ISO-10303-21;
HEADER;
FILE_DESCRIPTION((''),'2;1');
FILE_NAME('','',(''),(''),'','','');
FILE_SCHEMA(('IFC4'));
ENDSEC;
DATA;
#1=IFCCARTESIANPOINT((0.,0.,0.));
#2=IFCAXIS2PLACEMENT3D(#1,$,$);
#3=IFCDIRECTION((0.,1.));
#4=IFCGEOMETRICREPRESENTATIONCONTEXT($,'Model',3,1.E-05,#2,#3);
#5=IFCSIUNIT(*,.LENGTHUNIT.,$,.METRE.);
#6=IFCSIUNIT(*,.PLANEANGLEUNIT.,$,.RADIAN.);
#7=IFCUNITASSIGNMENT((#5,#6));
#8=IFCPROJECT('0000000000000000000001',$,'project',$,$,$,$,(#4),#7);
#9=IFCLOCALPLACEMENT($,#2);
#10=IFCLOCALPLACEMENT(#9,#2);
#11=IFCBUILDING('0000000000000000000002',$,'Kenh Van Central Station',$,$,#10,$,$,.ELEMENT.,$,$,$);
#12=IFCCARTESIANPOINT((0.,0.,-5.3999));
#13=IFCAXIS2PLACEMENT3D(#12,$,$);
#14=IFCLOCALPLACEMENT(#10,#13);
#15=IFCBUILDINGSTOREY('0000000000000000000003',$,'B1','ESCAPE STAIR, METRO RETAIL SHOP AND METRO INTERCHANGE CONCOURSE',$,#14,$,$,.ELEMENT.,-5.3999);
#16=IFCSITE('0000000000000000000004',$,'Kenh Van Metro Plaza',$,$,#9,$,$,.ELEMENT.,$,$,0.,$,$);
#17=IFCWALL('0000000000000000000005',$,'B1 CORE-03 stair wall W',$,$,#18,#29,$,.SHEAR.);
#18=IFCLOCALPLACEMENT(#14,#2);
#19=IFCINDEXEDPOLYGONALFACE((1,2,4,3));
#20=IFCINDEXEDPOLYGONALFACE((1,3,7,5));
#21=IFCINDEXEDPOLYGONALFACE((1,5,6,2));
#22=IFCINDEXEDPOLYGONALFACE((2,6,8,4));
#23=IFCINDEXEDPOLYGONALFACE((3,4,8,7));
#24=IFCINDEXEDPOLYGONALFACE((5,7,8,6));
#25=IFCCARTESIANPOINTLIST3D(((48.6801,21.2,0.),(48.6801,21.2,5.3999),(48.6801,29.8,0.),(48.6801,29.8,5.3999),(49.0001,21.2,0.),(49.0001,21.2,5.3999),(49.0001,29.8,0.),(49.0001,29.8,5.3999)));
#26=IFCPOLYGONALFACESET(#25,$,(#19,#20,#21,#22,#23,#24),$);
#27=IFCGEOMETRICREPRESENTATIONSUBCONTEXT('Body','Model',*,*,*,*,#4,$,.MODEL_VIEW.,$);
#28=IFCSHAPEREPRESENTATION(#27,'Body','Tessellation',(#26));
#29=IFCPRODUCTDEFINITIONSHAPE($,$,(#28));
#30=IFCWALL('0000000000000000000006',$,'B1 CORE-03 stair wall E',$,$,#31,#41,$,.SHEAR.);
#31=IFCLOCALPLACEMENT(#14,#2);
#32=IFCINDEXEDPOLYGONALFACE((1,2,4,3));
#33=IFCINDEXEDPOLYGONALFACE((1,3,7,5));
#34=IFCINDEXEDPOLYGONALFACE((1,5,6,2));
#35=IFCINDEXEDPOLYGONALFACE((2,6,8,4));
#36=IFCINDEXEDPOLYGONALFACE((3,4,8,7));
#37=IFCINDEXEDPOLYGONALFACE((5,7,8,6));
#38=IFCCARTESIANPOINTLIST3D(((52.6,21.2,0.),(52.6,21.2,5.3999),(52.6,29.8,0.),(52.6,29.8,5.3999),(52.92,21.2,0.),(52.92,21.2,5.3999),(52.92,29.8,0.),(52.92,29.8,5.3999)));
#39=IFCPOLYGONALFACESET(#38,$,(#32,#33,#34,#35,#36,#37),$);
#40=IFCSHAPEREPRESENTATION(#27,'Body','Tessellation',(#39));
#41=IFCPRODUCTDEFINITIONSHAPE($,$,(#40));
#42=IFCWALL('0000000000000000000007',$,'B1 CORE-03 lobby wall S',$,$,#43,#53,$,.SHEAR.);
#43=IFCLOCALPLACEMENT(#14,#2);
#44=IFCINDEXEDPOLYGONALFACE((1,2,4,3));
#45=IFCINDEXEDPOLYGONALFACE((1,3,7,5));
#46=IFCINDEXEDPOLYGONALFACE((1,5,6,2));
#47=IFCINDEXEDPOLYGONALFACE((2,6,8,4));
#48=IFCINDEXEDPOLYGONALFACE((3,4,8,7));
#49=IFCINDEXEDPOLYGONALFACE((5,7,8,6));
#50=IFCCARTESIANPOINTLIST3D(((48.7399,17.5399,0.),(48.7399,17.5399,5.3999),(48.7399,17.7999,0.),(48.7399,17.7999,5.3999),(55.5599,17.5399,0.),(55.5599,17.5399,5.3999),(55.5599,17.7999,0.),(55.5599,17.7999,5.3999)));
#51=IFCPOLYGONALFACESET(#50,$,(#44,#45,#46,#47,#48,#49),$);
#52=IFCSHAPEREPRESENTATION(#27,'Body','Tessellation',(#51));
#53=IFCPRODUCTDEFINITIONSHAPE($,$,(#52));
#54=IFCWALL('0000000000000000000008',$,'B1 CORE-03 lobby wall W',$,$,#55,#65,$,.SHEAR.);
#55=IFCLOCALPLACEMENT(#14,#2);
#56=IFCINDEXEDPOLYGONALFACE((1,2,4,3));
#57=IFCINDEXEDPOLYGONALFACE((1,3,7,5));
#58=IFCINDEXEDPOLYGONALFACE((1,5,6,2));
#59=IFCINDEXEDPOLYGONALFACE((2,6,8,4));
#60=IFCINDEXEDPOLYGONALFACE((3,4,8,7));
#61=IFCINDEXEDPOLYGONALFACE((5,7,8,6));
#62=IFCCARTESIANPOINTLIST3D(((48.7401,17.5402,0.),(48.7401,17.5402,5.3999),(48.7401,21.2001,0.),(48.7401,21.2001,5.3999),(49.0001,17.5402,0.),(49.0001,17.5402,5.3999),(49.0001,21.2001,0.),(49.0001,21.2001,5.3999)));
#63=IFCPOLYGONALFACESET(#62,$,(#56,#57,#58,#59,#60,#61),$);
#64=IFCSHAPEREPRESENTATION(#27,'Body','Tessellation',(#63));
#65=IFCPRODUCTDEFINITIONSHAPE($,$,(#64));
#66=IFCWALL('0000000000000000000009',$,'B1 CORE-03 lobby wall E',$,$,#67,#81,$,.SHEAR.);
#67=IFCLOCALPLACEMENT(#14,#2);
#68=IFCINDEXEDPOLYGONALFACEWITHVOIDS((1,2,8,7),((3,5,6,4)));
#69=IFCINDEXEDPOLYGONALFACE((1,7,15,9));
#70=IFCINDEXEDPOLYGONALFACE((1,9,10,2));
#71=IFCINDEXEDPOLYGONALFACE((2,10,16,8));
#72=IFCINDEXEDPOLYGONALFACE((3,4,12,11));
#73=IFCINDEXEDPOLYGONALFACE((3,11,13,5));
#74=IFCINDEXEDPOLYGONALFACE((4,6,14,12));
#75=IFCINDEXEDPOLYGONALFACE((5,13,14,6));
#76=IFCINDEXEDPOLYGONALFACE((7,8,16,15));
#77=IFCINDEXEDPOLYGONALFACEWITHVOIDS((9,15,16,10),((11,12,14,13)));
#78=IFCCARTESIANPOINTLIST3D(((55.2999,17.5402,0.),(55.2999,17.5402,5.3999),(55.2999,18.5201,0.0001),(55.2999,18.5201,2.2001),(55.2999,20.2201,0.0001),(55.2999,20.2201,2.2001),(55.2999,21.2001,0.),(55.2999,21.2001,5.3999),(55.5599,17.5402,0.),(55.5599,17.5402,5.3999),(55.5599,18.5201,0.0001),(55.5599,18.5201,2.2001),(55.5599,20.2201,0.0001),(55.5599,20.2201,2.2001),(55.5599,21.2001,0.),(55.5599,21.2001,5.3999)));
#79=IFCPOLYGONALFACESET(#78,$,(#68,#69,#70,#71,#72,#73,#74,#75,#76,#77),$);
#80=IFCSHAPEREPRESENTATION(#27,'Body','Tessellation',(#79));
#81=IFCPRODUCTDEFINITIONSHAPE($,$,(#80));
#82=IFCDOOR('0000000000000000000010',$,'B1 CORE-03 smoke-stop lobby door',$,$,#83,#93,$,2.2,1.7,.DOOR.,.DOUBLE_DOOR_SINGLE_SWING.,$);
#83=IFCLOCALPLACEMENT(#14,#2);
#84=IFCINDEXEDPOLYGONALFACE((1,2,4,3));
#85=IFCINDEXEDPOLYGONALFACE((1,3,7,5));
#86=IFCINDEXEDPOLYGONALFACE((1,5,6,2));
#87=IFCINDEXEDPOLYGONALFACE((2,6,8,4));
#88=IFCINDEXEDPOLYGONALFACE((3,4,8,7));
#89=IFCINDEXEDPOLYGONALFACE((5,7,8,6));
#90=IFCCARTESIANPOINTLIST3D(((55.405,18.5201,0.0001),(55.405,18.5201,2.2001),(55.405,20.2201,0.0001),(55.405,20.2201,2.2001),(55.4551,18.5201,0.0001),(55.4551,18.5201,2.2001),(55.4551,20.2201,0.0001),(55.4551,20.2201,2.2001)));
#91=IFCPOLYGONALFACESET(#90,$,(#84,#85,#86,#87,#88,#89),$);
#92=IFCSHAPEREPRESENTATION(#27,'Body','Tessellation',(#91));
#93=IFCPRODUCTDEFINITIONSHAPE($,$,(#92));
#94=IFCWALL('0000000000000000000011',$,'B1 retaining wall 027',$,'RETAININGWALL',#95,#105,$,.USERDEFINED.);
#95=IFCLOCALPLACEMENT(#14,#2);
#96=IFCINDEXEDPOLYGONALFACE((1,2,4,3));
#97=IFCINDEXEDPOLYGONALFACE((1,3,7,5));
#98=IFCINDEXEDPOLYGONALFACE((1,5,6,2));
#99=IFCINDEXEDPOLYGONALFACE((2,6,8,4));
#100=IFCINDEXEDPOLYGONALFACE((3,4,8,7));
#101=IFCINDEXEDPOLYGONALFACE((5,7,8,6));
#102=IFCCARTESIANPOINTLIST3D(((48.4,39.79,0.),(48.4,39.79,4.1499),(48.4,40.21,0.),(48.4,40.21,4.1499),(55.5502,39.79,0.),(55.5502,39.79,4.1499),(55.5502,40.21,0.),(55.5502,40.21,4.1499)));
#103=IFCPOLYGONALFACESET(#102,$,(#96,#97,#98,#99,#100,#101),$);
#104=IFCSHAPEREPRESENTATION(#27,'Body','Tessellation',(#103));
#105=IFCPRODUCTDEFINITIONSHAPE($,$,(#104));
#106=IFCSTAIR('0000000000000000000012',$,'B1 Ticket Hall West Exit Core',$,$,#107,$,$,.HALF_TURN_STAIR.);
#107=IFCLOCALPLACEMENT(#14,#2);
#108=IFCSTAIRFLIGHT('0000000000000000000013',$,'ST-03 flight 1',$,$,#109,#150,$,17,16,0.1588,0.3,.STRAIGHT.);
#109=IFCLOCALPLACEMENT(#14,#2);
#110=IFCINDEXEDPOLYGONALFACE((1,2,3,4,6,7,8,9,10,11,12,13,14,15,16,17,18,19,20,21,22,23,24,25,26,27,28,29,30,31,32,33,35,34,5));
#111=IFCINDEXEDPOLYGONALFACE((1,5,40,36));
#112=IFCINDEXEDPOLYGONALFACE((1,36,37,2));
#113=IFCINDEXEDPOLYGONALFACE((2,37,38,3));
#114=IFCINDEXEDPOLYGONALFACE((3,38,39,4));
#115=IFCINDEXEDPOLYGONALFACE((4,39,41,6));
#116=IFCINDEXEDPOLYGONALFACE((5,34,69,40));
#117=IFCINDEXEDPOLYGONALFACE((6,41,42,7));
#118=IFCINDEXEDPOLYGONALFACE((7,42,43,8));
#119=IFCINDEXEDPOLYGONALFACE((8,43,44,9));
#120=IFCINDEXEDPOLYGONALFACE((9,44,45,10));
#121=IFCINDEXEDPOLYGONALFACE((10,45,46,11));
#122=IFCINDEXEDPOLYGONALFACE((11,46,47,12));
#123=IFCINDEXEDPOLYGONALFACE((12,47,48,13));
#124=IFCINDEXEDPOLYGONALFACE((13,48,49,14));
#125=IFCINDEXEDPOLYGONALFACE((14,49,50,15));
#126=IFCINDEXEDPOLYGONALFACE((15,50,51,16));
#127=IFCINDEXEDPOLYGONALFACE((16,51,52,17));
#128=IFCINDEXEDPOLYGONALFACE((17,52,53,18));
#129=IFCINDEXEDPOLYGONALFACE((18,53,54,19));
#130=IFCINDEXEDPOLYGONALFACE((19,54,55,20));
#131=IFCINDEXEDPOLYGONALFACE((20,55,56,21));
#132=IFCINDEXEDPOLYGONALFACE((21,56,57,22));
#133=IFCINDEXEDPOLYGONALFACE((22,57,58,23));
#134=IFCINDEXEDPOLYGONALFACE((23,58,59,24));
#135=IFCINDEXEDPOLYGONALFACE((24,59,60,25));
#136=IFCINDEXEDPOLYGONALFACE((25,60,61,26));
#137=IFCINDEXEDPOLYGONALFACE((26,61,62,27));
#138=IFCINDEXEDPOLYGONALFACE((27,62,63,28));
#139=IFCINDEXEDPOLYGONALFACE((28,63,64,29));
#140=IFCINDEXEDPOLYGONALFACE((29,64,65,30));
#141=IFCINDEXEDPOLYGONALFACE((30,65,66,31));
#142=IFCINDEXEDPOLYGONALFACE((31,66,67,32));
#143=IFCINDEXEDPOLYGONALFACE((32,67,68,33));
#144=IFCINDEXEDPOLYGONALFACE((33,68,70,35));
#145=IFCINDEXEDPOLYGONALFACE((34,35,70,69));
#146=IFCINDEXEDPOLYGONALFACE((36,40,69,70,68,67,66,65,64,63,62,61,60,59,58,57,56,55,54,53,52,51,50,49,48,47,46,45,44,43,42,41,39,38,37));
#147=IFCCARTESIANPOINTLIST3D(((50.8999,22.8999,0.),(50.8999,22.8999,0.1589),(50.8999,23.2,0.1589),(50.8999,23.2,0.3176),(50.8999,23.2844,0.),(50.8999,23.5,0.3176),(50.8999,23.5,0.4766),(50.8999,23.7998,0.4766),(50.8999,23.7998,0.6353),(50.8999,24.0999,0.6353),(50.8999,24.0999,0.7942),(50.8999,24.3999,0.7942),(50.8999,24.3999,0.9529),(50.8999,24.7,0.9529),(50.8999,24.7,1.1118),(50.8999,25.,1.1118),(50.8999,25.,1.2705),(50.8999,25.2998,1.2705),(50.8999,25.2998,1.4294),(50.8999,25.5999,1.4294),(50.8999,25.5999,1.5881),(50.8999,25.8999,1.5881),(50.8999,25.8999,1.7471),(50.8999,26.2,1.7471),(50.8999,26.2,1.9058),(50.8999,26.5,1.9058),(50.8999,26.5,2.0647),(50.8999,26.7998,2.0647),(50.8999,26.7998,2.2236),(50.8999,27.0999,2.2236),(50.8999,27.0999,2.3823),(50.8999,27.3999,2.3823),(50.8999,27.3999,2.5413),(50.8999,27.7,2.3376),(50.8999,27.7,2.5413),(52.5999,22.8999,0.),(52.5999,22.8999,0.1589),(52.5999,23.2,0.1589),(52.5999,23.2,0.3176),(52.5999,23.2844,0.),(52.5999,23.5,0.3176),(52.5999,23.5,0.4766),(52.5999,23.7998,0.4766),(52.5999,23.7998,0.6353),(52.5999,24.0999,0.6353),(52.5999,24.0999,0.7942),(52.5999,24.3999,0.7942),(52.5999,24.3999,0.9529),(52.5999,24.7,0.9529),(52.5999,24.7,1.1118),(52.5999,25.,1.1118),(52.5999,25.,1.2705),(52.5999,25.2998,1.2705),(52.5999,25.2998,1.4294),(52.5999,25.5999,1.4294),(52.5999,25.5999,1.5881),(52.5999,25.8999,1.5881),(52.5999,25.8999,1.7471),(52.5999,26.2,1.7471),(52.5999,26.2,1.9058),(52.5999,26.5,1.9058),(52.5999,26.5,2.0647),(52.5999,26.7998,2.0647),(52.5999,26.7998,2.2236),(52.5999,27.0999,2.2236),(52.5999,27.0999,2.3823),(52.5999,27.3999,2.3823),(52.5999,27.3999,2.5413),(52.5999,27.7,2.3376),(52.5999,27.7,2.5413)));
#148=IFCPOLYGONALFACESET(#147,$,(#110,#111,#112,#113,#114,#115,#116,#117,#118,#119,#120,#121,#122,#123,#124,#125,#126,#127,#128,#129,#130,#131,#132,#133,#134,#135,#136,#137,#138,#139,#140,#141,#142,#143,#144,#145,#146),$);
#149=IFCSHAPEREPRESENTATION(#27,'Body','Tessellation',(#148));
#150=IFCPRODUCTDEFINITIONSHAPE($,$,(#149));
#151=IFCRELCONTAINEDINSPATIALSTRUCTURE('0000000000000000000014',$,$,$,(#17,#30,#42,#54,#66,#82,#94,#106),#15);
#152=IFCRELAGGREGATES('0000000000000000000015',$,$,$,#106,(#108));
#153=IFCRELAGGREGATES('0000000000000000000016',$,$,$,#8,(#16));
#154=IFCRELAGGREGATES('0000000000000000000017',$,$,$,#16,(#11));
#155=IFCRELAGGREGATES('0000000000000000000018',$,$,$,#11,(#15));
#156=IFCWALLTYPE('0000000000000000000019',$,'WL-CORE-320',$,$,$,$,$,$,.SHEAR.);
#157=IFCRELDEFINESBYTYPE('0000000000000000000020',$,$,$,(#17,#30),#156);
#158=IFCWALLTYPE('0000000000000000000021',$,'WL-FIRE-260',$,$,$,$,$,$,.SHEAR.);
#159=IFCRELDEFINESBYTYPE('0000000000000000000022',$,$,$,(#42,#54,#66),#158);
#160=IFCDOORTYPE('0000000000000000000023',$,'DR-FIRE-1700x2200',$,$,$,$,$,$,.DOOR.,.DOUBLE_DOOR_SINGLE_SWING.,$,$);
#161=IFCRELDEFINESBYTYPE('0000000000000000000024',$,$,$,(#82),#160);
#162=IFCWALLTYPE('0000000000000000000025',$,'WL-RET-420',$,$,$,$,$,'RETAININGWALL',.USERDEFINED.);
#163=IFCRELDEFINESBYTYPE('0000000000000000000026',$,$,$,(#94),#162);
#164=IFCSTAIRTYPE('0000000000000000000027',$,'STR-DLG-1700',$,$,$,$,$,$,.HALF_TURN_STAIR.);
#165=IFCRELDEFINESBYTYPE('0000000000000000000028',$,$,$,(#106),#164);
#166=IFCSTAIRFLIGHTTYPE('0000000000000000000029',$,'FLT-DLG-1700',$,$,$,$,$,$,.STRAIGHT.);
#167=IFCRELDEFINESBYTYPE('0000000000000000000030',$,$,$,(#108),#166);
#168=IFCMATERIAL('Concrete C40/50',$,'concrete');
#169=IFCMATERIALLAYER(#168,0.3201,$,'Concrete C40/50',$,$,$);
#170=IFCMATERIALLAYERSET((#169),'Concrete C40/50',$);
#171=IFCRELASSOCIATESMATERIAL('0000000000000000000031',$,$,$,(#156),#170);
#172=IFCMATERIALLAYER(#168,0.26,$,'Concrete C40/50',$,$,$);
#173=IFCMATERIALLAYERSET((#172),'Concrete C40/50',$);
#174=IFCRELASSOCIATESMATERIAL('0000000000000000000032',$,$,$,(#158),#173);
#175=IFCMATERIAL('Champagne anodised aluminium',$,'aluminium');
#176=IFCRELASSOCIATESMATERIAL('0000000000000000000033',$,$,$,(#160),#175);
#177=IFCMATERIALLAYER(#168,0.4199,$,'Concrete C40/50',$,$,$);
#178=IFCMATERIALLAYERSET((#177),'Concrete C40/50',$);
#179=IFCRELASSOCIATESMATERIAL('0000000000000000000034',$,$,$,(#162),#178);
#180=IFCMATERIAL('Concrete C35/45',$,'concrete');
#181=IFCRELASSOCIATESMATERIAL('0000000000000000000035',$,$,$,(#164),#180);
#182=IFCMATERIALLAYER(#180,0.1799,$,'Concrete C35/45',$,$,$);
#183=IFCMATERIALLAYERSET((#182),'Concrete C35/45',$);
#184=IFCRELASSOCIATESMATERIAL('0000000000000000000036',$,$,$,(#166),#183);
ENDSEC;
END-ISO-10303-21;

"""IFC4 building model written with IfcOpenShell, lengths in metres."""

from ifc_helpers import new_model, si_unit, direction, frame, frame_2d, origin, place, context, subcontext, project, spatial, polyline, rectangle, outline, extrude, material, layer, layer_set, type_object, element, fill, aggregate, save


model = new_model("IFC4")

# Units and contexts
model_context = context("Model", 3, precision=1e-05, world=origin(), true_north=direction((0.0, 1.0)))
body_context = subcontext(model_context, "Body", "Model", "MODEL_VIEW")
ifc_project = project(units=[si_unit("LENGTHUNIT", "METRE"), si_unit("PLANEANGLEUNIT", "RADIAN")], contexts=[model_context])

# Site, building, storey
site_placement = place(None, origin())
site = spatial("IfcSite", under=ifc_project, at=site_placement, Name="Kenh Van Metro Plaza", CompositionType="ELEMENT", RefElevation=0.0)
building_placement = place(site_placement, origin())
building = spatial("IfcBuilding", under=site, at=building_placement, Name="Kenh Van Central Station", CompositionType="ELEMENT")
storey_placement = place(building_placement, frame((0.0, 0.0, -5.3999)))
storey = spatial("IfcBuildingStorey", under=building, at=storey_placement, Name="B1", Description="ESCAPE STAIR, METRO RETAIL SHOP AND METRO INTERCHANGE CONCOURSE", CompositionType="ELEMENT", Elevation=-5.3999)

# Shared definitions
ifc_material_1 = material(Name="Concrete C40/50", Category="concrete")

# Shared definitions
ifc_material_2 = material(Name="Champagne anodised aluminium", Category="aluminium")

# Shared definitions
ifc_layer_1 = layer(ifc_material_1, 0.3201, Name="Concrete C40/50")
ifc_layer_set_1 = layer_set([ifc_layer_1], Name="Concrete C40/50")
wall_type_1 = type_object("IfcWallType", Name="WL-CORE-320", PredefinedType="SHEAR", material=ifc_layer_set_1)

# Walls
for number, where, z_axis, x_axis, name in (
    (1, (48.8401, 21.2, 0.0), (0.0, 0.0, 1.0), (0.0, 1.0, 0.0), "B1 CORE-03 stair wall W"),
    (2, (52.76, 21.2, 0.0), (0.0, 0.0, 1.0), (0.0, 1.0, 0.0), "B1 CORE-03 stair wall E"),
):
    element("IfcWall", number, at=place(storey_placement, frame(where, z_axis=z_axis, x_axis=x_axis)), inside=storey, type_object=wall_type_1, Name=name, PredefinedType="SHEAR", context=body_context, shape_type="SweptSolid", body=[
        extrude(rectangle(XDim=8.6001, YDim=0.3201, at=frame_2d((4.3, 0.0))), origin(), (0.0, 0.0, 1.0), 5.3999),
    ])
ifc_layer_2 = layer(ifc_material_1, 0.26, Name="Concrete C40/50")
ifc_layer_set_2 = layer_set([ifc_layer_2], Name="Concrete C40/50")
wall_type_2 = type_object("IfcWallType", Name="WL-FIRE-260", PredefinedType="SHEAR", material=ifc_layer_set_2)
wall_1_placement = place(storey_placement, frame((55.5601, 17.6699, 0.0), z_axis=(0.0, 0.0, 1.0), x_axis=(-1.0, 0.0, 0.0)))
element("IfcWall", 3, at=wall_1_placement, inside=storey, type_object=wall_type_2, Name="B1 CORE-03 lobby wall S", PredefinedType="SHEAR", context=body_context, shape_type="SweptSolid", body=[
    extrude(rectangle(XDim=6.8201, YDim=0.26, at=frame_2d((3.4102, 0.0))), origin(), (0.0, 0.0, 1.0), 5.3999),
])
wall_2_placement = place(storey_placement, frame((48.8701, 17.54, 0.0), z_axis=(0.0, 0.0, 1.0), x_axis=(0.0, 1.0, 0.0)))
element("IfcWall", 4, at=wall_2_placement, inside=storey, type_object=wall_type_2, Name="B1 CORE-03 lobby wall W", PredefinedType="SHEAR", context=body_context, shape_type="SweptSolid", body=[
    extrude(rectangle(XDim=3.6599, YDim=0.26, at=frame_2d((1.8301, 0.0))), origin(), (0.0, 0.0, 1.0), 5.3999),
])

# Wall, opening, door
wall_3_placement = place(storey_placement, frame((55.4299, 17.54, 0.0), z_axis=(0.0, 0.0, 1.0), x_axis=(0.0, 1.0, 0.0)))
wall_3 = element("IfcWall", 5, at=wall_3_placement, inside=storey, type_object=wall_type_2, Name="B1 CORE-03 lobby wall E", PredefinedType="SHEAR", context=body_context, shape_type="SweptSolid", body=[
    extrude(rectangle(XDim=3.6599, YDim=0.26, at=frame_2d((1.8301, 0.0))), origin(), (0.0, 0.0, 1.0), 5.3999),
])
opening_1_placement = place(wall_3_placement, frame((0.98, 0.0, 0.0)))
opening_1 = element("IfcOpeningElement", 6, at=opening_1_placement, cuts=wall_3, PredefinedType="OPENING", context=body_context, shape_type="SweptSolid", body=[
    extrude(rectangle(XDim=1.7, YDim=2.2, at=frame_2d((0.8501, 1.1001))), frame((0.0, 0.1399, 0.0), z_axis=(0.0, -1.0, 0.0), x_axis=(1.0, 0.0, 0.0)), (0.0, 0.0, 1.0), 0.28),
])
door_type_1 = type_object("IfcDoorType", Name="DR-FIRE-1700x2200", OperationType="DOUBLE_DOOR_SINGLE_SWING", PredefinedType="DOOR", material=ifc_material_2)
door_1_placement = place(opening_1_placement, origin())
door_1 = element("IfcDoor", 7, at=door_1_placement, inside=storey, type_object=door_type_1, Name="B1 CORE-03 smoke-stop lobby door", OperationType="DOUBLE_DOOR_SINGLE_SWING", OverallHeight=2.2, OverallWidth=1.7, PredefinedType="DOOR", context=body_context, shape_type="SweptSolid", body=[
    extrude(rectangle(XDim=1.7, YDim=2.2, at=frame_2d((0.8501, 1.1001))), frame((0.0, 0.0249, 0.0), z_axis=(0.0, -1.0, 0.0), x_axis=(1.0, 0.0, 0.0)), (0.0, 0.0, 1.0), 0.05),
])
fill(opening_1, door_1)

# Wall
ifc_layer_3 = layer(ifc_material_1, 0.4199, Name="Concrete C40/50")
ifc_layer_set_3 = layer_set([ifc_layer_3], Name="Concrete C40/50")
wall_type_3 = type_object("IfcWallType", Name="WL-RET-420", ElementType="RETAININGWALL", PredefinedType="USERDEFINED", material=ifc_layer_set_3)
wall_4_placement = place(storey_placement, frame((48.3999, 40.0, 0.0), z_axis=(0.0, 0.0, 1.0), x_axis=(1.0, 0.0, 0.0)))
element("IfcWall", 8, at=wall_4_placement, inside=storey, type_object=wall_type_3, Name="B1 retaining wall 027", ObjectType="RETAININGWALL", PredefinedType="USERDEFINED", context=body_context, shape_type="SweptSolid", body=[
    extrude(rectangle(XDim=7.1501, YDim=0.4199, at=frame_2d((3.5752, 0.0))), origin(), (0.0, 0.0, 1.0), 4.1499),
])

# Stair, stair flight
ifc_material_3 = material(Name="Concrete C35/45", Category="concrete")
stair_type = type_object("IfcStairType", Name="STR-DLG-1700", PredefinedType="HALF_TURN_STAIR", material=ifc_material_3)
stair_placement = place(storey_placement, origin())
stair = element("IfcStair", 9, at=stair_placement, inside=storey, type_object=stair_type, Name="B1 Ticket Hall West Exit Core", PredefinedType="HALF_TURN_STAIR")
ifc_layer_4 = layer(ifc_material_3, 0.1799, Name="Concrete C35/45")
ifc_layer_set_4 = layer_set([ifc_layer_4], Name="Concrete C35/45")
stair_flight_type = type_object("IfcStairFlightType", Name="FLT-DLG-1700", PredefinedType="STRAIGHT", material=ifc_layer_set_4)
stair_flight_1_placement = place(storey_placement, frame((51.75, 22.8999, 0.0), z_axis=(0.0, 0.0, 1.0), x_axis=(0.0, 1.0, 0.0)))
stair_flight_1 = element("IfcStairFlight", 10, at=stair_flight_1_placement, type_object=stair_flight_type, Name="ST-03 flight 1", NumberOfRisers=17, NumberOfTreads=16, PredefinedType="STRAIGHT", RiserHeight=0.1588, TreadLength=0.3, context=body_context, shape_type="SweptSolid", body=[
    extrude(outline(polyline([(0.0, 0.0), (0.0, 0.1589), (0.3, 0.1589), (0.3, 0.3176), (0.6001, 0.3176), (0.6001, 0.4766), (0.8999, 0.4766), (0.8999, 0.6353), (1.2, 0.6353), (1.2, 0.7942), (1.5, 0.7942), (1.5, 0.9529), (1.8, 0.9529), (1.8, 1.1118), (2.1001, 1.1118), (2.1001, 1.2705), (2.3999, 1.2705), (2.3999, 1.4294), (2.7, 1.4294), (2.7, 1.5881), (3.0, 1.5881), (3.0, 1.7471), (3.3, 1.7471), (3.3, 1.9058), (3.6001, 1.9058), (3.6001, 2.0647), (3.8999, 2.0647), (3.8999, 2.2236), (4.2, 2.2236), (4.2, 2.3823), (4.5, 2.3823), (4.5, 2.5413), (4.8, 2.5413), (4.8, 2.7), (4.8, 2.3376), (0.3845, 0.0), (0.0, 0.0)])), frame((0.0, 0.8501, 0.0), z_axis=(0.0, -1.0, 0.0), x_axis=(1.0, 0.0, 0.0)), (0.0, 0.0, 1.0), 1.7),
])
aggregate(stair, [stair_flight_1])

save(model, "model.ifc")
